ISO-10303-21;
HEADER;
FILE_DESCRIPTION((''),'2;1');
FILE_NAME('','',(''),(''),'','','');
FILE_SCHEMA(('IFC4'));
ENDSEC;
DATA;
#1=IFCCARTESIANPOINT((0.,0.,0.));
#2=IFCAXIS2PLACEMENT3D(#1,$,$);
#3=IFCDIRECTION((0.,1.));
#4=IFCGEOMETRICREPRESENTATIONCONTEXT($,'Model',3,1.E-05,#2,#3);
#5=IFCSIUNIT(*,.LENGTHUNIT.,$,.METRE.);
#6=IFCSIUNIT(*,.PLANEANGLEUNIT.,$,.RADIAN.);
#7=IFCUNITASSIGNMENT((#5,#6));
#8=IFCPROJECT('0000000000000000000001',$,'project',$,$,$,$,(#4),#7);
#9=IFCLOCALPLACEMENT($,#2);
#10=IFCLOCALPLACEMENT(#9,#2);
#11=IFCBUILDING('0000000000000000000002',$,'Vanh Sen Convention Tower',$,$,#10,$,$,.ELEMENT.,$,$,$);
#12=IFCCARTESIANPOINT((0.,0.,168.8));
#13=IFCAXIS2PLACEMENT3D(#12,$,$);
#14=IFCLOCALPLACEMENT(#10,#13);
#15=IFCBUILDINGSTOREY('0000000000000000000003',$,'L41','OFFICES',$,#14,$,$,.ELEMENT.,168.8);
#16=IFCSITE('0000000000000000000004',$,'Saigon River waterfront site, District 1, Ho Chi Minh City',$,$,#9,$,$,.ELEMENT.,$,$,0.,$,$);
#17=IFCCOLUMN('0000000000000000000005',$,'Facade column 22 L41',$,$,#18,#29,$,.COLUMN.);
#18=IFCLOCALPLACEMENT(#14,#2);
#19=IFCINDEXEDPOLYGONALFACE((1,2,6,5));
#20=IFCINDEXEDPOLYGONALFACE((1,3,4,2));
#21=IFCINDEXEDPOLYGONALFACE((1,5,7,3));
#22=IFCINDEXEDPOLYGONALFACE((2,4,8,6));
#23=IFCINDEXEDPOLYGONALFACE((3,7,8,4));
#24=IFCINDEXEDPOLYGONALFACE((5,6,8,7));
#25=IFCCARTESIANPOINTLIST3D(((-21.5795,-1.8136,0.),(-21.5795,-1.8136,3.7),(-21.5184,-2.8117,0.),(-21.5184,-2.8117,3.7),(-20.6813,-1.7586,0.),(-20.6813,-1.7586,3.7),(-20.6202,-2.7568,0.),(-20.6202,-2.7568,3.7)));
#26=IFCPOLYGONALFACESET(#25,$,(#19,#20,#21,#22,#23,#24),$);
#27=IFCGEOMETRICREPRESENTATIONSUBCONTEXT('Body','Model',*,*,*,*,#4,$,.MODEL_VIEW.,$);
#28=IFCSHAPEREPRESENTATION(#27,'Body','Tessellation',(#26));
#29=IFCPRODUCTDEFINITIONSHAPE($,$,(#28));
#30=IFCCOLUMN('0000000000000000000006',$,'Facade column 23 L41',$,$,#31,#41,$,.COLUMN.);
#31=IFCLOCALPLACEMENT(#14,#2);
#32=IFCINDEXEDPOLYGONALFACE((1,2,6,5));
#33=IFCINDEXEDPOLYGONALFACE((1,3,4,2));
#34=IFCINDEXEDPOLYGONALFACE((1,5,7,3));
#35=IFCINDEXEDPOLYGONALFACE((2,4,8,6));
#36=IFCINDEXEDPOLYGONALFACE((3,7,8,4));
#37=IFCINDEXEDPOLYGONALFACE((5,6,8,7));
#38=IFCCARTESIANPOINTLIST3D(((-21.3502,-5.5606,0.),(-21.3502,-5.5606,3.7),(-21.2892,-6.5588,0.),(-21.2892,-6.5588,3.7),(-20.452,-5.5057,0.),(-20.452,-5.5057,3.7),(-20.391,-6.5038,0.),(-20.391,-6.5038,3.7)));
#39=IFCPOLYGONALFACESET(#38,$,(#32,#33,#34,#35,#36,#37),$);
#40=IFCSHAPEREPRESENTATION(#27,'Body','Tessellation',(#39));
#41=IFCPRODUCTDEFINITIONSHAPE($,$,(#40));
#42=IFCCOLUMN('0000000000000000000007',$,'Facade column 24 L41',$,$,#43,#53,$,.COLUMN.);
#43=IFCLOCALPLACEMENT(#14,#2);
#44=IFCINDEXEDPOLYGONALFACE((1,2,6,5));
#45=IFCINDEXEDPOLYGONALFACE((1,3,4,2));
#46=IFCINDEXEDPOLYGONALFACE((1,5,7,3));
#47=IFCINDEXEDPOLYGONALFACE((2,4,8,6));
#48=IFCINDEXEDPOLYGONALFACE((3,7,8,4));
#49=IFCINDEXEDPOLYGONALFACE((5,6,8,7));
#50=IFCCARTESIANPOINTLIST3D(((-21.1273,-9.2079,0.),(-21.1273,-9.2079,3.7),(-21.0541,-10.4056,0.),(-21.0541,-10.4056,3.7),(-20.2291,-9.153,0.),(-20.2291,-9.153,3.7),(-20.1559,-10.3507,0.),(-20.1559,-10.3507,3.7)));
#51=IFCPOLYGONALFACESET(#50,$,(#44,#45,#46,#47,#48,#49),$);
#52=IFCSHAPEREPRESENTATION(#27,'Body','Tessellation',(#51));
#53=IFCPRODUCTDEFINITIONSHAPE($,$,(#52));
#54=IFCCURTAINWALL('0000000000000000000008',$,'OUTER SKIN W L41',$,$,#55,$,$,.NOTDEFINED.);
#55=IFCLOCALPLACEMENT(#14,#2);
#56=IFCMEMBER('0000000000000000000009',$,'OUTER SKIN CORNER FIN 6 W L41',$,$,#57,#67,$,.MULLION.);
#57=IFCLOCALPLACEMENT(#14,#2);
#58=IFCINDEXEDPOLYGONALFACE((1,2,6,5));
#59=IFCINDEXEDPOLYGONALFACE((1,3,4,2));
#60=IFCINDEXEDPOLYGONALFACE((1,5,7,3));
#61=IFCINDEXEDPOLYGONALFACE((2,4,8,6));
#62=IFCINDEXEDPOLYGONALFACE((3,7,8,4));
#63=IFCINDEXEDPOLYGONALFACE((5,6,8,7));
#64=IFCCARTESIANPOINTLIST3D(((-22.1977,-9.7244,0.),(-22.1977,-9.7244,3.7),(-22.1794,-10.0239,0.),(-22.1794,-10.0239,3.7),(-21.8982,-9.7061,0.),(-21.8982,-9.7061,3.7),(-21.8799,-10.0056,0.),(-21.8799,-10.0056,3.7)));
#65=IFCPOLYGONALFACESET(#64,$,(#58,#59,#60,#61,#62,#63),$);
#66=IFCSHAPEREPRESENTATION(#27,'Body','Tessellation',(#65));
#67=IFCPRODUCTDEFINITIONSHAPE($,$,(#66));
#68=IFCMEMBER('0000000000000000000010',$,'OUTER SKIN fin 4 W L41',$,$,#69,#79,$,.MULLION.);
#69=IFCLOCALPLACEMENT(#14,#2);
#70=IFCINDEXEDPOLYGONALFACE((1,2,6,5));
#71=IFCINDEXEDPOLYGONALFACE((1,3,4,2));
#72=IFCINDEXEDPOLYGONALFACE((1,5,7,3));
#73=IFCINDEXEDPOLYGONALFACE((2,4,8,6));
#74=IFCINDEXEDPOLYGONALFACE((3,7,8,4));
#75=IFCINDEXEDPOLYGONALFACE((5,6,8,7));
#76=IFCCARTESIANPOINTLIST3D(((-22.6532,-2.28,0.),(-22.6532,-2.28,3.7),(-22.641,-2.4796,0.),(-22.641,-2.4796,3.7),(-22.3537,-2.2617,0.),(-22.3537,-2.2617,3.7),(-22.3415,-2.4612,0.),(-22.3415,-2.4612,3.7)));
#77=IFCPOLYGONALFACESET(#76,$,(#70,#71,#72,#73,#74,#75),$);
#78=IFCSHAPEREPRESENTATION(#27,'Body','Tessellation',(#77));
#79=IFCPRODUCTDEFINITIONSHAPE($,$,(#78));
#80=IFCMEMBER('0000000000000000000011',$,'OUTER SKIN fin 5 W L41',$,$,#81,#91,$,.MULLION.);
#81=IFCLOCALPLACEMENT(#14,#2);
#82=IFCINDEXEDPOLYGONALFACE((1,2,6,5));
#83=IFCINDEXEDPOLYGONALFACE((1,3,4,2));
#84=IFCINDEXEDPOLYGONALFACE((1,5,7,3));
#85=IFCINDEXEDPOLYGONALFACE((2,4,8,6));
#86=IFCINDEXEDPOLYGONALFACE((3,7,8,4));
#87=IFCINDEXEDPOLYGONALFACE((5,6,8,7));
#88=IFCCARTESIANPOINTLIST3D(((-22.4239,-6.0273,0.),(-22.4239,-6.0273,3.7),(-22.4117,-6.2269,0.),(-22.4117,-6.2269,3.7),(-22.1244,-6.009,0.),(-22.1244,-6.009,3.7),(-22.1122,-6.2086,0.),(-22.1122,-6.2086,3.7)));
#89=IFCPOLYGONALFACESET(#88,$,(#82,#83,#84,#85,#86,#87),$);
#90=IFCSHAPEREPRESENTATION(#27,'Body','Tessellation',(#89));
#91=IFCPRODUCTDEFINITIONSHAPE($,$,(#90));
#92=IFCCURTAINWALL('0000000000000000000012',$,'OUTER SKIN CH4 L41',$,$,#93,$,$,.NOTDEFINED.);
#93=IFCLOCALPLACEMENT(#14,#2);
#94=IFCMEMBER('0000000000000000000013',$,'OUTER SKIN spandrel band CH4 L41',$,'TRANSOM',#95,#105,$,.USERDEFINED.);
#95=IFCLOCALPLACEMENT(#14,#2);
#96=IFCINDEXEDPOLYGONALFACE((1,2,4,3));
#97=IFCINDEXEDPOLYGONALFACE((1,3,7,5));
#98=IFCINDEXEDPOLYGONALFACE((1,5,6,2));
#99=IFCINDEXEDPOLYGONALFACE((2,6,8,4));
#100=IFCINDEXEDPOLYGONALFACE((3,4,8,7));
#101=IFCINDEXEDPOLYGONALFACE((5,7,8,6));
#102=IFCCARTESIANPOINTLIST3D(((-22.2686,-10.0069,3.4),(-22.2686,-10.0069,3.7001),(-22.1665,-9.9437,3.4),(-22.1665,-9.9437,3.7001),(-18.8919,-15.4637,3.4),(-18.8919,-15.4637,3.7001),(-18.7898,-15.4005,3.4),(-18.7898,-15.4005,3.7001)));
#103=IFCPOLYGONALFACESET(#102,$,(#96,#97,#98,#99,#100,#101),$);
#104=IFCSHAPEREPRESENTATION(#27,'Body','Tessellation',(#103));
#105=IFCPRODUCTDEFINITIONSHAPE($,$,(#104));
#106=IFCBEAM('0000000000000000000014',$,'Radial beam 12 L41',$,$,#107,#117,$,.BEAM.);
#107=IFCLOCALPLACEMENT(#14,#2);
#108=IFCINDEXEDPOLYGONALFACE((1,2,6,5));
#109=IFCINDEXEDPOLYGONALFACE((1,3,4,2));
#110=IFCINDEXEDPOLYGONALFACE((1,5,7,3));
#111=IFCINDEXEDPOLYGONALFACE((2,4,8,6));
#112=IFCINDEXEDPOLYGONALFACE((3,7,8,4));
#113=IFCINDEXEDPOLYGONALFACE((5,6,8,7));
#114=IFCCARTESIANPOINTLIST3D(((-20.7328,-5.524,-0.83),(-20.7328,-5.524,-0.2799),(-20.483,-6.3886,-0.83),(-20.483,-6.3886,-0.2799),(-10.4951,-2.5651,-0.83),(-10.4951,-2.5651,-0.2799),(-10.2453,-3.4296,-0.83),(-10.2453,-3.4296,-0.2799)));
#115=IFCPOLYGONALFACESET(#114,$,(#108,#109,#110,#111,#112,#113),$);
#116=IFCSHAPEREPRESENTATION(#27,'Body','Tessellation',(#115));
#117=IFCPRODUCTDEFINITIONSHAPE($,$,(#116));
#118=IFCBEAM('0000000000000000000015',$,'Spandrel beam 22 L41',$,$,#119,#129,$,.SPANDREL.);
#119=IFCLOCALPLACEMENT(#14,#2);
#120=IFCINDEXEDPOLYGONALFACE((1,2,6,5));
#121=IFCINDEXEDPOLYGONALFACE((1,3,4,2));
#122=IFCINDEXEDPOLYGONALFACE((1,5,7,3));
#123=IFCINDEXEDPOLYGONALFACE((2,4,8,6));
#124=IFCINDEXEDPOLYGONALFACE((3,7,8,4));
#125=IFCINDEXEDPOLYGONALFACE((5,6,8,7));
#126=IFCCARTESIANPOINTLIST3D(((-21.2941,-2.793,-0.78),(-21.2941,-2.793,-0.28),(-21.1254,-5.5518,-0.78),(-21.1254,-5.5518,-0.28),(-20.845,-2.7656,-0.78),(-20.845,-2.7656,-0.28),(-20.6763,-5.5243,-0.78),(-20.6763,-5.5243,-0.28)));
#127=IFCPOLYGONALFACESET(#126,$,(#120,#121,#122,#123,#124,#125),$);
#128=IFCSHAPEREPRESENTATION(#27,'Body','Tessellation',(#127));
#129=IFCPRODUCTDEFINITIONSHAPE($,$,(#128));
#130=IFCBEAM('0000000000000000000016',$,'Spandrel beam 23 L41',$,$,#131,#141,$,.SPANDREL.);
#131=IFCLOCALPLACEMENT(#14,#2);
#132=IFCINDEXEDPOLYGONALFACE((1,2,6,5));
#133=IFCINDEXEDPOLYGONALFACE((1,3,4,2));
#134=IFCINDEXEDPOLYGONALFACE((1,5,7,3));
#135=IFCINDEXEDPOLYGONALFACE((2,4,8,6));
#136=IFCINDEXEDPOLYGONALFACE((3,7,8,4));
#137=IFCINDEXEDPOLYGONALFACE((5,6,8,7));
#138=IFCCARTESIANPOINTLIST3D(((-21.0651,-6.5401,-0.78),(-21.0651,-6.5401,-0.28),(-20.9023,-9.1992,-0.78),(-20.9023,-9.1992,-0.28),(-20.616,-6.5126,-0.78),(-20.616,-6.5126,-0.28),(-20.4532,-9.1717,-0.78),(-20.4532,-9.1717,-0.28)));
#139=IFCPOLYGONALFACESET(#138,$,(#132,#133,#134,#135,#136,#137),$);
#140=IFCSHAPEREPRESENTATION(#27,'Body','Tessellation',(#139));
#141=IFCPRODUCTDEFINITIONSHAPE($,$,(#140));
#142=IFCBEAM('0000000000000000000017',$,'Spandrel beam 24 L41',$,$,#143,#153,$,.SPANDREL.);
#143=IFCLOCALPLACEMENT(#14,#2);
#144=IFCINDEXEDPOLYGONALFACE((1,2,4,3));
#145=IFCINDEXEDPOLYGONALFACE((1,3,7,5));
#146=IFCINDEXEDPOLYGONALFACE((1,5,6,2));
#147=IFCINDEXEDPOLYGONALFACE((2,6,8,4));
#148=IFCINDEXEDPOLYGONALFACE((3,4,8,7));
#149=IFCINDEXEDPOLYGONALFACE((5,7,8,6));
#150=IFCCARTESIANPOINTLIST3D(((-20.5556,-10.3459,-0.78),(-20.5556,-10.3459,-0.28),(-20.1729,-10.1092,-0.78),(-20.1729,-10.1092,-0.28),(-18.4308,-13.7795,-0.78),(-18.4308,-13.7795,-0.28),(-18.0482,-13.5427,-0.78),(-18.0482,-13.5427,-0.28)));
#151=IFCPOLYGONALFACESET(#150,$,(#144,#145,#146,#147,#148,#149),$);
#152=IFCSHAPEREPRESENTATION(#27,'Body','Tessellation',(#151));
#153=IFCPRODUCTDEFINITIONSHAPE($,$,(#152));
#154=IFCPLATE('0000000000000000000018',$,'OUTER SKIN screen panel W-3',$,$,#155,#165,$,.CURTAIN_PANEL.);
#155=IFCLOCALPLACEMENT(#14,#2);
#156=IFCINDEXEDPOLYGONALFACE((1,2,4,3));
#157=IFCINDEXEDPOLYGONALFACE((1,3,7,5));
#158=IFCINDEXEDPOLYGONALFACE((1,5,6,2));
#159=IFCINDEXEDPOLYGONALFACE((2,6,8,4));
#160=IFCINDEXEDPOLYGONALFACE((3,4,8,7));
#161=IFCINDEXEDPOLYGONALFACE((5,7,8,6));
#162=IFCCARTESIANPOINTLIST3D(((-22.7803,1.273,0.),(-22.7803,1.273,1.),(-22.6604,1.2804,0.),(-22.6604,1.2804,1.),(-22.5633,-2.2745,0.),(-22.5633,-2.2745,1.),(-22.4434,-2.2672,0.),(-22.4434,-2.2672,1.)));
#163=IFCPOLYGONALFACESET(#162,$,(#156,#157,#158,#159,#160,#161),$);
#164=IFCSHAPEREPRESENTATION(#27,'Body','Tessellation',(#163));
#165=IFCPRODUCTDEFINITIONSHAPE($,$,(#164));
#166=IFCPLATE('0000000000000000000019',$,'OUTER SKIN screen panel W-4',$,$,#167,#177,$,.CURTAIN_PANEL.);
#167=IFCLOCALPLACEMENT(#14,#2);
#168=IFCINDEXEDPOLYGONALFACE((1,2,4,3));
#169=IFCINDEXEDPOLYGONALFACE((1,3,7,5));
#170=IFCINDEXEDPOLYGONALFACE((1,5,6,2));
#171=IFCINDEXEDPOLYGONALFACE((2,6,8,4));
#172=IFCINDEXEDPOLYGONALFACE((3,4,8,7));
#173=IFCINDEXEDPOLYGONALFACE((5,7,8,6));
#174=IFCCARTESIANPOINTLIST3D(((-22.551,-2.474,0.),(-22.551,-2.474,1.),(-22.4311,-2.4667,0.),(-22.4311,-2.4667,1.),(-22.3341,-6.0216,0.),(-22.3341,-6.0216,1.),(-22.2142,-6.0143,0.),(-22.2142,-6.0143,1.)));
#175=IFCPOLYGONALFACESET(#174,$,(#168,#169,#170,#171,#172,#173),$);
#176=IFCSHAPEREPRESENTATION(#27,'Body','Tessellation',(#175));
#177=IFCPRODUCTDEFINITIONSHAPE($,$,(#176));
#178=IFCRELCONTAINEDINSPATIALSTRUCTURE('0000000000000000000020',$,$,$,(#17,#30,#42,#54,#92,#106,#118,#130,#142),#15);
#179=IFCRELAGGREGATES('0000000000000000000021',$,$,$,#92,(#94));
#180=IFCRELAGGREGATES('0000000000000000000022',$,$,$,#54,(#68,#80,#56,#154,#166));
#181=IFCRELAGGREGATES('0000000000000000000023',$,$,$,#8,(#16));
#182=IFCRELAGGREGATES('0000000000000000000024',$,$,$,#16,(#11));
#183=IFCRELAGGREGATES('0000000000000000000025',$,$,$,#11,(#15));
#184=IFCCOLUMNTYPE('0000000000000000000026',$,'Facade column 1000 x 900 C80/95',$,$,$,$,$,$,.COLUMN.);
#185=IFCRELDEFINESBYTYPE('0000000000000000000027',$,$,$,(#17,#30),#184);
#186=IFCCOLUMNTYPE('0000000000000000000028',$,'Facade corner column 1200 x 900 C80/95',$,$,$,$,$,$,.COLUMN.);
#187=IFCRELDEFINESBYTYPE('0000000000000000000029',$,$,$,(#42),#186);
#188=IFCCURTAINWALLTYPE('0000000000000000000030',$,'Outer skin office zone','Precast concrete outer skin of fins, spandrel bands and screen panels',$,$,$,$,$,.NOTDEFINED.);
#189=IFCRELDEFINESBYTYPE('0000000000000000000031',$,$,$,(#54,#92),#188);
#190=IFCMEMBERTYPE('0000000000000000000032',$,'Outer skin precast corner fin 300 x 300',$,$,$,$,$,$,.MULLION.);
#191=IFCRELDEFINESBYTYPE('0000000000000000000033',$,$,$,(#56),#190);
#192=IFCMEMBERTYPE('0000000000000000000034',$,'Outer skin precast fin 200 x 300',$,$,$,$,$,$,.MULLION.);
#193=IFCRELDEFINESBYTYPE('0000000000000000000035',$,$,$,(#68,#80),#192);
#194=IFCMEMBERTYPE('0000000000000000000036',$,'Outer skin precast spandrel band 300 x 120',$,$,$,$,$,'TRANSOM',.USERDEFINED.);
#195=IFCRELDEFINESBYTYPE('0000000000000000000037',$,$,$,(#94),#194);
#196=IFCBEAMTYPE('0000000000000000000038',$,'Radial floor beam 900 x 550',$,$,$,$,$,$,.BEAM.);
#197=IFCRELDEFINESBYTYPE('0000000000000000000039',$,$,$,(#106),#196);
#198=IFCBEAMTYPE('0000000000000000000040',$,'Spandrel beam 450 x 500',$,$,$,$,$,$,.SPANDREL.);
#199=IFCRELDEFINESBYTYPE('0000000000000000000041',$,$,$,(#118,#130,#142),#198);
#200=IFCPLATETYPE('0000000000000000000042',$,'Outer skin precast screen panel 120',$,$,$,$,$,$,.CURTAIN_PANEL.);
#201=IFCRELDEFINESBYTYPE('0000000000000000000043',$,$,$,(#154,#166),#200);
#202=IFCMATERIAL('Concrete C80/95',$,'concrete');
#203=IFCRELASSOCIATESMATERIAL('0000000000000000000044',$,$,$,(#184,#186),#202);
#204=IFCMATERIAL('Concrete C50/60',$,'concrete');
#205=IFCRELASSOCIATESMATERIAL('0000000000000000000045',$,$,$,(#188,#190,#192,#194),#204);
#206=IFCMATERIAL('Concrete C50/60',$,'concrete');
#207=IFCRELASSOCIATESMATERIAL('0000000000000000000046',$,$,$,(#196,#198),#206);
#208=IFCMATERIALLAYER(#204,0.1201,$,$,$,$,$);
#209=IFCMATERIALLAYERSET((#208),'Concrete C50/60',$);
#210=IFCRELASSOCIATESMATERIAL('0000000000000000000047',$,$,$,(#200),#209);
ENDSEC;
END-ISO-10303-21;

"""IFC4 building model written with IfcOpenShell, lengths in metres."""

from ifc_helpers import new_model, si_unit, direction, frame, origin, origin_2d, place, context, subcontext, project, spatial, rectangle, extrude, material, layer, layer_set, material_profile, profile_set, type_object, element, aggregate, save


model = new_model("IFC4")

# Units and contexts
model_context = context("Model", 3, precision=1e-05, world=origin(), true_north=direction((0.0, 1.0)))
body_context = subcontext(model_context, "Body", "Model", "MODEL_VIEW")
ifc_project = project(units=[si_unit("LENGTHUNIT", "METRE"), si_unit("PLANEANGLEUNIT", "RADIAN")], contexts=[model_context])

# Site, building, storey
site_placement = place(None, origin())
site = spatial("IfcSite", under=ifc_project, at=site_placement, Name="Saigon River waterfront site, District 1, Ho Chi Minh City", CompositionType="ELEMENT", RefElevation=0.0)
building_placement = place(site_placement, origin())
building = spatial("IfcBuilding", under=site, at=building_placement, Name="Vanh Sen Convention Tower", CompositionType="ELEMENT")
storey_placement = place(building_placement, frame((0.0, 0.0, 168.8)))
storey = spatial("IfcBuildingStorey", under=building, at=storey_placement, Name="L41", Description="OFFICES", CompositionType="ELEMENT", Elevation=168.8)

# Columns
ifc_material_1 = material(Name="Concrete C80/95", Category="concrete")
ifc_material_profile_1 = material_profile(ifc_material_1, rectangle(XDim=1.0, YDim=0.8999, at=origin_2d()), Name="RC 1000X900")
ifc_profile_set_1 = profile_set([ifc_material_profile_1], Name="Concrete C80/95")
column_type_1 = type_object("IfcColumnType", Name="Facade column 1000 x 900 C80/95", PredefinedType="COLUMN", material=ifc_profile_set_1)
for number, where, z_axis, x_axis, name in (
    (1, (-21.0999, -2.2852, 0.0), (0.0, 0.0, 1.0), (0.061049, -0.998135, 0.0), "Facade column 22 L41"),
    (2, (-20.8706, -6.0322, 0.0), (0.0, 0.0, 1.0), (0.061049, -0.998135, 0.0), "Facade column 23 L41"),
):
    element("IfcColumn", number, at=place(storey_placement, frame(where, z_axis=z_axis, x_axis=x_axis)), inside=storey, type_object=column_type_1, Name=name, PredefinedType="COLUMN", context=body_context, shape_type="SweptSolid", body=[
        extrude(rectangle(XDim=1.0, YDim=0.8999, at=origin_2d()), origin(), (0.0, 0.0, 1.0), 3.7),
    ])
ifc_material_profile_2 = material_profile(ifc_material_1, rectangle(XDim=1.2, YDim=0.8999, at=origin_2d()), Name="RC 1200X900")
ifc_profile_set_2 = profile_set([ifc_material_profile_2], Name="Concrete C80/95")
column_type_2 = type_object("IfcColumnType", Name="Facade corner column 1200 x 900 C80/95", PredefinedType="COLUMN", material=ifc_profile_set_2)
column_placement = place(storey_placement, frame((-20.6416, -9.7793, 0.0), z_axis=(0.0, 0.0, 1.0), x_axis=(0.061049, -0.998135, 0.0)))
element("IfcColumn", 3, at=column_placement, inside=storey, type_object=column_type_2, Name="Facade column 24 L41", PredefinedType="COLUMN", context=body_context, shape_type="SweptSolid", body=[
    extrude(rectangle(XDim=1.2, YDim=0.8999, at=origin_2d()), origin(), (0.0, 0.0, 1.0), 3.7),
])

# Curtain wall, members
ifc_material_2 = material(Name="Concrete C50/60", Category="concrete")
curtain_wall_type = type_object("IfcCurtainWallType", Name="Outer skin office zone", Description="Precast concrete outer skin of fins, spandrel bands and screen panels", PredefinedType="NOTDEFINED", material=ifc_material_2)
curtain_wall_1_placement = place(storey_placement, origin())
curtain_wall_1 = element("IfcCurtainWall", 4, at=curtain_wall_1_placement, inside=storey, type_object=curtain_wall_type, Name="OUTER SKIN W L41", PredefinedType="NOTDEFINED")
ifc_material_profile_3 = material_profile(ifc_material_2, rectangle(XDim=0.3, YDim=0.3, at=origin_2d()), Name="Outer skin precast corner fin 300 x 300")
ifc_profile_set_3 = profile_set([ifc_material_profile_3], Name="Concrete C50/60")
member_type_1 = type_object("IfcMemberType", Name="Outer skin precast corner fin 300 x 300", PredefinedType="MULLION", material=ifc_profile_set_3)
member_1_placement = place(storey_placement, frame((-22.0388, -9.865, 0.0), z_axis=(0.0, 0.0, 1.0), x_axis=(0.061049, -0.998135, 0.0)))
member_1 = element("IfcMember", 5, at=member_1_placement, type_object=member_type_1, Name="OUTER SKIN CORNER FIN 6 W L41", PredefinedType="MULLION", context=body_context, shape_type="SweptSolid", body=[
    extrude(rectangle(XDim=0.3, YDim=0.3, at=origin_2d()), origin(), (0.0, 0.0, 1.0), 3.7),
])
ifc_material_profile_4 = material_profile(ifc_material_2, rectangle(XDim=0.2, YDim=0.3, at=origin_2d()), Name="Outer skin precast fin 200 x 300")
ifc_profile_set_4 = profile_set([ifc_material_profile_4], Name="Concrete C50/60")
member_type_2 = type_object("IfcMemberType", Name="Outer skin precast fin 200 x 300", PredefinedType="MULLION", material=ifc_profile_set_4)
member_2_placement = place(storey_placement, frame((-22.4973, -2.3706, 0.0), z_axis=(0.0, 0.0, 1.0), x_axis=(0.061049, -0.998135, 0.0)))
member_2 = element("IfcMember", 6, at=member_2_placement, type_object=member_type_2, Name="OUTER SKIN fin 4 W L41", PredefinedType="MULLION", context=body_context, shape_type="SweptSolid", body=[
    extrude(rectangle(XDim=0.2, YDim=0.3, at=origin_2d()), origin(), (0.0, 0.0, 1.0), 3.7),
])
member_3_placement = place(storey_placement, frame((-22.2681, -6.1179, 0.0), z_axis=(0.0, 0.0, 1.0), x_axis=(0.061049, -0.998135, 0.0)))
member_3 = element("IfcMember", 7, at=member_3_placement, type_object=member_type_2, Name="OUTER SKIN fin 5 W L41", PredefinedType="MULLION", context=body_context, shape_type="SweptSolid", body=[
    extrude(rectangle(XDim=0.2, YDim=0.3, at=origin_2d()), origin(), (0.0, 0.0, 1.0), 3.7),
])

# Curtain wall, member
curtain_wall_2_placement = place(storey_placement, origin())
curtain_wall_2 = element("IfcCurtainWall", 8, at=curtain_wall_2_placement, inside=storey, type_object=curtain_wall_type, Name="OUTER SKIN CH4 L41", PredefinedType="NOTDEFINED")
ifc_material_profile_5 = material_profile(ifc_material_2, rectangle(XDim=0.1201, YDim=0.3, at=origin_2d()), Name="Outer skin precast spandrel band 300 x 120")
ifc_profile_set_5 = profile_set([ifc_material_profile_5], Name="Concrete C50/60")
member_type_3 = type_object("IfcMemberType", Name="Outer skin precast spandrel band 300 x 120", ElementType="TRANSOM", PredefinedType="USERDEFINED", material=ifc_profile_set_5)
member_4_placement = place(storey_placement, frame((-22.2175, -9.9753, 3.55), z_axis=(0.526208, -0.850356, 0.0), x_axis=(0.850356, 0.526208, 0.0)))
member_4 = element("IfcMember", 9, at=member_4_placement, type_object=member_type_3, Name="OUTER SKIN spandrel band CH4 L41", ObjectType="TRANSOM", PredefinedType="USERDEFINED", context=body_context, shape_type="SweptSolid", body=[
    extrude(rectangle(XDim=0.1201, YDim=0.3, at=origin_2d()), origin(), (0.0, 0.0, 1.0), 6.417),
])
aggregate(curtain_wall_2, [member_4])

# Beams
ifc_material_3 = material(Name="Concrete C50/60", Category="concrete")
ifc_material_profile_6 = material_profile(ifc_material_3, rectangle(XDim=0.8999, YDim=0.55, at=origin_2d()), Name="RC 900X550")
ifc_profile_set_6 = profile_set([ifc_material_profile_6], Name="Concrete C50/60")
beam_type_1 = type_object("IfcBeamType", Name="Radial floor beam 900 x 550", PredefinedType="BEAM", material=ifc_profile_set_6)
beam_1_placement = place(storey_placement, frame((-20.6079, -5.9563, -0.5549), z_axis=(0.960679, 0.277661, 0.0), x_axis=(-0.277661, 0.960679, 0.0)))
element("IfcBeam", 10, at=beam_1_placement, inside=storey, type_object=beam_type_1, Name="Radial beam 12 L41", PredefinedType="BEAM", context=body_context, shape_type="SweptSolid", body=[
    extrude(rectangle(XDim=0.8999, YDim=0.55, at=origin_2d()), origin(), (0.0, 0.0, 1.0), 10.6567),
])
ifc_material_profile_7 = material_profile(ifc_material_3, rectangle(XDim=0.45, YDim=0.5, at=origin_2d()), Name="RC 450X500")
ifc_profile_set_7 = profile_set([ifc_material_profile_7], Name="Concrete C50/60")
beam_type_2 = type_object("IfcBeamType", Name="Spandrel beam 450 x 500", PredefinedType="SPANDREL", material=ifc_profile_set_7)
beam_2_placement = place(storey_placement, frame((-21.0696, -2.7793, -0.53), z_axis=(0.061036, -0.998136, 0.0), x_axis=(0.998136, 0.061036, 0.0)))
element("IfcBeam", 11, at=beam_2_placement, inside=storey, type_object=beam_type_2, Name="Spandrel beam 22 L41", PredefinedType="SPANDREL", context=body_context, shape_type="SweptSolid", body=[
    extrude(rectangle(XDim=0.45, YDim=0.5, at=origin_2d()), origin(), (0.0, 0.0, 1.0), 2.7639),
])
beam_3_placement = place(storey_placement, frame((-20.8406, -6.5264, -0.53), z_axis=(0.061123, -0.99813, 0.0), x_axis=(0.99813, 0.061123, 0.0)))
element("IfcBeam", 12, at=beam_3_placement, inside=storey, type_object=beam_type_2, Name="Spandrel beam 23 L41", PredefinedType="SPANDREL", context=body_context, shape_type="SweptSolid", body=[
    extrude(rectangle(XDim=0.45, YDim=0.5, at=origin_2d()), origin(), (0.0, 0.0, 1.0), 2.6641),
])
beam_4_placement = place(storey_placement, frame((-20.3643, -10.2275, -0.53), z_axis=(0.526211, -0.850354, 0.0), x_axis=(0.850354, 0.526211, 0.0)))
element("IfcBeam", 13, at=beam_4_placement, inside=storey, type_object=beam_type_2, Name="Spandrel beam 24 L41", PredefinedType="SPANDREL", context=body_context, shape_type="SweptSolid", body=[
    extrude(rectangle(XDim=0.45, YDim=0.5, at=origin_2d()), origin(), (0.0, 0.0, 1.0), 4.0378),
])

# Plates
ifc_layer_1 = layer(ifc_material_2, 0.1201)
ifc_layer_set_1 = layer_set([ifc_layer_1], Name="Concrete C50/60")
plate_type = type_object("IfcPlateType", Name="Outer skin precast screen panel 120", PredefinedType="CURTAIN_PANEL", material=ifc_layer_set_1)
plate_1_placement = place(storey_placement, frame((-22.6118, -0.4971, 0.0), z_axis=(0.0, 0.0, 1.0), x_axis=(0.061054, -0.998134, 0.0)))
plate_1 = element("IfcPlate", 14, at=plate_1_placement, type_object=plate_type, Name="OUTER SKIN screen panel W-3", PredefinedType="CURTAIN_PANEL", context=body_context, shape_type="SweptSolid", body=[
    extrude(rectangle(XDim=3.5542, YDim=0.1201, at=origin_2d()), origin(), (0.0, 0.0, 1.0), 1.0),
])
plate_2_placement = place(storey_placement, frame((-22.3826, -4.2441, 0.0), z_axis=(0.0, 0.0, 1.0), x_axis=(0.061026, -0.998136, 0.0)))
plate_2 = element("IfcPlate", 15, at=plate_2_placement, type_object=plate_type, Name="OUTER SKIN screen panel W-4", PredefinedType="CURTAIN_PANEL", context=body_context, shape_type="SweptSolid", body=[
    extrude(rectangle(XDim=3.5542, YDim=0.1201, at=origin_2d()), origin(), (0.0, 0.0, 1.0), 1.0),
])
aggregate(curtain_wall_1, [member_2, member_3, member_1, plate_1, plate_2])

save(model, "model.ifc")
